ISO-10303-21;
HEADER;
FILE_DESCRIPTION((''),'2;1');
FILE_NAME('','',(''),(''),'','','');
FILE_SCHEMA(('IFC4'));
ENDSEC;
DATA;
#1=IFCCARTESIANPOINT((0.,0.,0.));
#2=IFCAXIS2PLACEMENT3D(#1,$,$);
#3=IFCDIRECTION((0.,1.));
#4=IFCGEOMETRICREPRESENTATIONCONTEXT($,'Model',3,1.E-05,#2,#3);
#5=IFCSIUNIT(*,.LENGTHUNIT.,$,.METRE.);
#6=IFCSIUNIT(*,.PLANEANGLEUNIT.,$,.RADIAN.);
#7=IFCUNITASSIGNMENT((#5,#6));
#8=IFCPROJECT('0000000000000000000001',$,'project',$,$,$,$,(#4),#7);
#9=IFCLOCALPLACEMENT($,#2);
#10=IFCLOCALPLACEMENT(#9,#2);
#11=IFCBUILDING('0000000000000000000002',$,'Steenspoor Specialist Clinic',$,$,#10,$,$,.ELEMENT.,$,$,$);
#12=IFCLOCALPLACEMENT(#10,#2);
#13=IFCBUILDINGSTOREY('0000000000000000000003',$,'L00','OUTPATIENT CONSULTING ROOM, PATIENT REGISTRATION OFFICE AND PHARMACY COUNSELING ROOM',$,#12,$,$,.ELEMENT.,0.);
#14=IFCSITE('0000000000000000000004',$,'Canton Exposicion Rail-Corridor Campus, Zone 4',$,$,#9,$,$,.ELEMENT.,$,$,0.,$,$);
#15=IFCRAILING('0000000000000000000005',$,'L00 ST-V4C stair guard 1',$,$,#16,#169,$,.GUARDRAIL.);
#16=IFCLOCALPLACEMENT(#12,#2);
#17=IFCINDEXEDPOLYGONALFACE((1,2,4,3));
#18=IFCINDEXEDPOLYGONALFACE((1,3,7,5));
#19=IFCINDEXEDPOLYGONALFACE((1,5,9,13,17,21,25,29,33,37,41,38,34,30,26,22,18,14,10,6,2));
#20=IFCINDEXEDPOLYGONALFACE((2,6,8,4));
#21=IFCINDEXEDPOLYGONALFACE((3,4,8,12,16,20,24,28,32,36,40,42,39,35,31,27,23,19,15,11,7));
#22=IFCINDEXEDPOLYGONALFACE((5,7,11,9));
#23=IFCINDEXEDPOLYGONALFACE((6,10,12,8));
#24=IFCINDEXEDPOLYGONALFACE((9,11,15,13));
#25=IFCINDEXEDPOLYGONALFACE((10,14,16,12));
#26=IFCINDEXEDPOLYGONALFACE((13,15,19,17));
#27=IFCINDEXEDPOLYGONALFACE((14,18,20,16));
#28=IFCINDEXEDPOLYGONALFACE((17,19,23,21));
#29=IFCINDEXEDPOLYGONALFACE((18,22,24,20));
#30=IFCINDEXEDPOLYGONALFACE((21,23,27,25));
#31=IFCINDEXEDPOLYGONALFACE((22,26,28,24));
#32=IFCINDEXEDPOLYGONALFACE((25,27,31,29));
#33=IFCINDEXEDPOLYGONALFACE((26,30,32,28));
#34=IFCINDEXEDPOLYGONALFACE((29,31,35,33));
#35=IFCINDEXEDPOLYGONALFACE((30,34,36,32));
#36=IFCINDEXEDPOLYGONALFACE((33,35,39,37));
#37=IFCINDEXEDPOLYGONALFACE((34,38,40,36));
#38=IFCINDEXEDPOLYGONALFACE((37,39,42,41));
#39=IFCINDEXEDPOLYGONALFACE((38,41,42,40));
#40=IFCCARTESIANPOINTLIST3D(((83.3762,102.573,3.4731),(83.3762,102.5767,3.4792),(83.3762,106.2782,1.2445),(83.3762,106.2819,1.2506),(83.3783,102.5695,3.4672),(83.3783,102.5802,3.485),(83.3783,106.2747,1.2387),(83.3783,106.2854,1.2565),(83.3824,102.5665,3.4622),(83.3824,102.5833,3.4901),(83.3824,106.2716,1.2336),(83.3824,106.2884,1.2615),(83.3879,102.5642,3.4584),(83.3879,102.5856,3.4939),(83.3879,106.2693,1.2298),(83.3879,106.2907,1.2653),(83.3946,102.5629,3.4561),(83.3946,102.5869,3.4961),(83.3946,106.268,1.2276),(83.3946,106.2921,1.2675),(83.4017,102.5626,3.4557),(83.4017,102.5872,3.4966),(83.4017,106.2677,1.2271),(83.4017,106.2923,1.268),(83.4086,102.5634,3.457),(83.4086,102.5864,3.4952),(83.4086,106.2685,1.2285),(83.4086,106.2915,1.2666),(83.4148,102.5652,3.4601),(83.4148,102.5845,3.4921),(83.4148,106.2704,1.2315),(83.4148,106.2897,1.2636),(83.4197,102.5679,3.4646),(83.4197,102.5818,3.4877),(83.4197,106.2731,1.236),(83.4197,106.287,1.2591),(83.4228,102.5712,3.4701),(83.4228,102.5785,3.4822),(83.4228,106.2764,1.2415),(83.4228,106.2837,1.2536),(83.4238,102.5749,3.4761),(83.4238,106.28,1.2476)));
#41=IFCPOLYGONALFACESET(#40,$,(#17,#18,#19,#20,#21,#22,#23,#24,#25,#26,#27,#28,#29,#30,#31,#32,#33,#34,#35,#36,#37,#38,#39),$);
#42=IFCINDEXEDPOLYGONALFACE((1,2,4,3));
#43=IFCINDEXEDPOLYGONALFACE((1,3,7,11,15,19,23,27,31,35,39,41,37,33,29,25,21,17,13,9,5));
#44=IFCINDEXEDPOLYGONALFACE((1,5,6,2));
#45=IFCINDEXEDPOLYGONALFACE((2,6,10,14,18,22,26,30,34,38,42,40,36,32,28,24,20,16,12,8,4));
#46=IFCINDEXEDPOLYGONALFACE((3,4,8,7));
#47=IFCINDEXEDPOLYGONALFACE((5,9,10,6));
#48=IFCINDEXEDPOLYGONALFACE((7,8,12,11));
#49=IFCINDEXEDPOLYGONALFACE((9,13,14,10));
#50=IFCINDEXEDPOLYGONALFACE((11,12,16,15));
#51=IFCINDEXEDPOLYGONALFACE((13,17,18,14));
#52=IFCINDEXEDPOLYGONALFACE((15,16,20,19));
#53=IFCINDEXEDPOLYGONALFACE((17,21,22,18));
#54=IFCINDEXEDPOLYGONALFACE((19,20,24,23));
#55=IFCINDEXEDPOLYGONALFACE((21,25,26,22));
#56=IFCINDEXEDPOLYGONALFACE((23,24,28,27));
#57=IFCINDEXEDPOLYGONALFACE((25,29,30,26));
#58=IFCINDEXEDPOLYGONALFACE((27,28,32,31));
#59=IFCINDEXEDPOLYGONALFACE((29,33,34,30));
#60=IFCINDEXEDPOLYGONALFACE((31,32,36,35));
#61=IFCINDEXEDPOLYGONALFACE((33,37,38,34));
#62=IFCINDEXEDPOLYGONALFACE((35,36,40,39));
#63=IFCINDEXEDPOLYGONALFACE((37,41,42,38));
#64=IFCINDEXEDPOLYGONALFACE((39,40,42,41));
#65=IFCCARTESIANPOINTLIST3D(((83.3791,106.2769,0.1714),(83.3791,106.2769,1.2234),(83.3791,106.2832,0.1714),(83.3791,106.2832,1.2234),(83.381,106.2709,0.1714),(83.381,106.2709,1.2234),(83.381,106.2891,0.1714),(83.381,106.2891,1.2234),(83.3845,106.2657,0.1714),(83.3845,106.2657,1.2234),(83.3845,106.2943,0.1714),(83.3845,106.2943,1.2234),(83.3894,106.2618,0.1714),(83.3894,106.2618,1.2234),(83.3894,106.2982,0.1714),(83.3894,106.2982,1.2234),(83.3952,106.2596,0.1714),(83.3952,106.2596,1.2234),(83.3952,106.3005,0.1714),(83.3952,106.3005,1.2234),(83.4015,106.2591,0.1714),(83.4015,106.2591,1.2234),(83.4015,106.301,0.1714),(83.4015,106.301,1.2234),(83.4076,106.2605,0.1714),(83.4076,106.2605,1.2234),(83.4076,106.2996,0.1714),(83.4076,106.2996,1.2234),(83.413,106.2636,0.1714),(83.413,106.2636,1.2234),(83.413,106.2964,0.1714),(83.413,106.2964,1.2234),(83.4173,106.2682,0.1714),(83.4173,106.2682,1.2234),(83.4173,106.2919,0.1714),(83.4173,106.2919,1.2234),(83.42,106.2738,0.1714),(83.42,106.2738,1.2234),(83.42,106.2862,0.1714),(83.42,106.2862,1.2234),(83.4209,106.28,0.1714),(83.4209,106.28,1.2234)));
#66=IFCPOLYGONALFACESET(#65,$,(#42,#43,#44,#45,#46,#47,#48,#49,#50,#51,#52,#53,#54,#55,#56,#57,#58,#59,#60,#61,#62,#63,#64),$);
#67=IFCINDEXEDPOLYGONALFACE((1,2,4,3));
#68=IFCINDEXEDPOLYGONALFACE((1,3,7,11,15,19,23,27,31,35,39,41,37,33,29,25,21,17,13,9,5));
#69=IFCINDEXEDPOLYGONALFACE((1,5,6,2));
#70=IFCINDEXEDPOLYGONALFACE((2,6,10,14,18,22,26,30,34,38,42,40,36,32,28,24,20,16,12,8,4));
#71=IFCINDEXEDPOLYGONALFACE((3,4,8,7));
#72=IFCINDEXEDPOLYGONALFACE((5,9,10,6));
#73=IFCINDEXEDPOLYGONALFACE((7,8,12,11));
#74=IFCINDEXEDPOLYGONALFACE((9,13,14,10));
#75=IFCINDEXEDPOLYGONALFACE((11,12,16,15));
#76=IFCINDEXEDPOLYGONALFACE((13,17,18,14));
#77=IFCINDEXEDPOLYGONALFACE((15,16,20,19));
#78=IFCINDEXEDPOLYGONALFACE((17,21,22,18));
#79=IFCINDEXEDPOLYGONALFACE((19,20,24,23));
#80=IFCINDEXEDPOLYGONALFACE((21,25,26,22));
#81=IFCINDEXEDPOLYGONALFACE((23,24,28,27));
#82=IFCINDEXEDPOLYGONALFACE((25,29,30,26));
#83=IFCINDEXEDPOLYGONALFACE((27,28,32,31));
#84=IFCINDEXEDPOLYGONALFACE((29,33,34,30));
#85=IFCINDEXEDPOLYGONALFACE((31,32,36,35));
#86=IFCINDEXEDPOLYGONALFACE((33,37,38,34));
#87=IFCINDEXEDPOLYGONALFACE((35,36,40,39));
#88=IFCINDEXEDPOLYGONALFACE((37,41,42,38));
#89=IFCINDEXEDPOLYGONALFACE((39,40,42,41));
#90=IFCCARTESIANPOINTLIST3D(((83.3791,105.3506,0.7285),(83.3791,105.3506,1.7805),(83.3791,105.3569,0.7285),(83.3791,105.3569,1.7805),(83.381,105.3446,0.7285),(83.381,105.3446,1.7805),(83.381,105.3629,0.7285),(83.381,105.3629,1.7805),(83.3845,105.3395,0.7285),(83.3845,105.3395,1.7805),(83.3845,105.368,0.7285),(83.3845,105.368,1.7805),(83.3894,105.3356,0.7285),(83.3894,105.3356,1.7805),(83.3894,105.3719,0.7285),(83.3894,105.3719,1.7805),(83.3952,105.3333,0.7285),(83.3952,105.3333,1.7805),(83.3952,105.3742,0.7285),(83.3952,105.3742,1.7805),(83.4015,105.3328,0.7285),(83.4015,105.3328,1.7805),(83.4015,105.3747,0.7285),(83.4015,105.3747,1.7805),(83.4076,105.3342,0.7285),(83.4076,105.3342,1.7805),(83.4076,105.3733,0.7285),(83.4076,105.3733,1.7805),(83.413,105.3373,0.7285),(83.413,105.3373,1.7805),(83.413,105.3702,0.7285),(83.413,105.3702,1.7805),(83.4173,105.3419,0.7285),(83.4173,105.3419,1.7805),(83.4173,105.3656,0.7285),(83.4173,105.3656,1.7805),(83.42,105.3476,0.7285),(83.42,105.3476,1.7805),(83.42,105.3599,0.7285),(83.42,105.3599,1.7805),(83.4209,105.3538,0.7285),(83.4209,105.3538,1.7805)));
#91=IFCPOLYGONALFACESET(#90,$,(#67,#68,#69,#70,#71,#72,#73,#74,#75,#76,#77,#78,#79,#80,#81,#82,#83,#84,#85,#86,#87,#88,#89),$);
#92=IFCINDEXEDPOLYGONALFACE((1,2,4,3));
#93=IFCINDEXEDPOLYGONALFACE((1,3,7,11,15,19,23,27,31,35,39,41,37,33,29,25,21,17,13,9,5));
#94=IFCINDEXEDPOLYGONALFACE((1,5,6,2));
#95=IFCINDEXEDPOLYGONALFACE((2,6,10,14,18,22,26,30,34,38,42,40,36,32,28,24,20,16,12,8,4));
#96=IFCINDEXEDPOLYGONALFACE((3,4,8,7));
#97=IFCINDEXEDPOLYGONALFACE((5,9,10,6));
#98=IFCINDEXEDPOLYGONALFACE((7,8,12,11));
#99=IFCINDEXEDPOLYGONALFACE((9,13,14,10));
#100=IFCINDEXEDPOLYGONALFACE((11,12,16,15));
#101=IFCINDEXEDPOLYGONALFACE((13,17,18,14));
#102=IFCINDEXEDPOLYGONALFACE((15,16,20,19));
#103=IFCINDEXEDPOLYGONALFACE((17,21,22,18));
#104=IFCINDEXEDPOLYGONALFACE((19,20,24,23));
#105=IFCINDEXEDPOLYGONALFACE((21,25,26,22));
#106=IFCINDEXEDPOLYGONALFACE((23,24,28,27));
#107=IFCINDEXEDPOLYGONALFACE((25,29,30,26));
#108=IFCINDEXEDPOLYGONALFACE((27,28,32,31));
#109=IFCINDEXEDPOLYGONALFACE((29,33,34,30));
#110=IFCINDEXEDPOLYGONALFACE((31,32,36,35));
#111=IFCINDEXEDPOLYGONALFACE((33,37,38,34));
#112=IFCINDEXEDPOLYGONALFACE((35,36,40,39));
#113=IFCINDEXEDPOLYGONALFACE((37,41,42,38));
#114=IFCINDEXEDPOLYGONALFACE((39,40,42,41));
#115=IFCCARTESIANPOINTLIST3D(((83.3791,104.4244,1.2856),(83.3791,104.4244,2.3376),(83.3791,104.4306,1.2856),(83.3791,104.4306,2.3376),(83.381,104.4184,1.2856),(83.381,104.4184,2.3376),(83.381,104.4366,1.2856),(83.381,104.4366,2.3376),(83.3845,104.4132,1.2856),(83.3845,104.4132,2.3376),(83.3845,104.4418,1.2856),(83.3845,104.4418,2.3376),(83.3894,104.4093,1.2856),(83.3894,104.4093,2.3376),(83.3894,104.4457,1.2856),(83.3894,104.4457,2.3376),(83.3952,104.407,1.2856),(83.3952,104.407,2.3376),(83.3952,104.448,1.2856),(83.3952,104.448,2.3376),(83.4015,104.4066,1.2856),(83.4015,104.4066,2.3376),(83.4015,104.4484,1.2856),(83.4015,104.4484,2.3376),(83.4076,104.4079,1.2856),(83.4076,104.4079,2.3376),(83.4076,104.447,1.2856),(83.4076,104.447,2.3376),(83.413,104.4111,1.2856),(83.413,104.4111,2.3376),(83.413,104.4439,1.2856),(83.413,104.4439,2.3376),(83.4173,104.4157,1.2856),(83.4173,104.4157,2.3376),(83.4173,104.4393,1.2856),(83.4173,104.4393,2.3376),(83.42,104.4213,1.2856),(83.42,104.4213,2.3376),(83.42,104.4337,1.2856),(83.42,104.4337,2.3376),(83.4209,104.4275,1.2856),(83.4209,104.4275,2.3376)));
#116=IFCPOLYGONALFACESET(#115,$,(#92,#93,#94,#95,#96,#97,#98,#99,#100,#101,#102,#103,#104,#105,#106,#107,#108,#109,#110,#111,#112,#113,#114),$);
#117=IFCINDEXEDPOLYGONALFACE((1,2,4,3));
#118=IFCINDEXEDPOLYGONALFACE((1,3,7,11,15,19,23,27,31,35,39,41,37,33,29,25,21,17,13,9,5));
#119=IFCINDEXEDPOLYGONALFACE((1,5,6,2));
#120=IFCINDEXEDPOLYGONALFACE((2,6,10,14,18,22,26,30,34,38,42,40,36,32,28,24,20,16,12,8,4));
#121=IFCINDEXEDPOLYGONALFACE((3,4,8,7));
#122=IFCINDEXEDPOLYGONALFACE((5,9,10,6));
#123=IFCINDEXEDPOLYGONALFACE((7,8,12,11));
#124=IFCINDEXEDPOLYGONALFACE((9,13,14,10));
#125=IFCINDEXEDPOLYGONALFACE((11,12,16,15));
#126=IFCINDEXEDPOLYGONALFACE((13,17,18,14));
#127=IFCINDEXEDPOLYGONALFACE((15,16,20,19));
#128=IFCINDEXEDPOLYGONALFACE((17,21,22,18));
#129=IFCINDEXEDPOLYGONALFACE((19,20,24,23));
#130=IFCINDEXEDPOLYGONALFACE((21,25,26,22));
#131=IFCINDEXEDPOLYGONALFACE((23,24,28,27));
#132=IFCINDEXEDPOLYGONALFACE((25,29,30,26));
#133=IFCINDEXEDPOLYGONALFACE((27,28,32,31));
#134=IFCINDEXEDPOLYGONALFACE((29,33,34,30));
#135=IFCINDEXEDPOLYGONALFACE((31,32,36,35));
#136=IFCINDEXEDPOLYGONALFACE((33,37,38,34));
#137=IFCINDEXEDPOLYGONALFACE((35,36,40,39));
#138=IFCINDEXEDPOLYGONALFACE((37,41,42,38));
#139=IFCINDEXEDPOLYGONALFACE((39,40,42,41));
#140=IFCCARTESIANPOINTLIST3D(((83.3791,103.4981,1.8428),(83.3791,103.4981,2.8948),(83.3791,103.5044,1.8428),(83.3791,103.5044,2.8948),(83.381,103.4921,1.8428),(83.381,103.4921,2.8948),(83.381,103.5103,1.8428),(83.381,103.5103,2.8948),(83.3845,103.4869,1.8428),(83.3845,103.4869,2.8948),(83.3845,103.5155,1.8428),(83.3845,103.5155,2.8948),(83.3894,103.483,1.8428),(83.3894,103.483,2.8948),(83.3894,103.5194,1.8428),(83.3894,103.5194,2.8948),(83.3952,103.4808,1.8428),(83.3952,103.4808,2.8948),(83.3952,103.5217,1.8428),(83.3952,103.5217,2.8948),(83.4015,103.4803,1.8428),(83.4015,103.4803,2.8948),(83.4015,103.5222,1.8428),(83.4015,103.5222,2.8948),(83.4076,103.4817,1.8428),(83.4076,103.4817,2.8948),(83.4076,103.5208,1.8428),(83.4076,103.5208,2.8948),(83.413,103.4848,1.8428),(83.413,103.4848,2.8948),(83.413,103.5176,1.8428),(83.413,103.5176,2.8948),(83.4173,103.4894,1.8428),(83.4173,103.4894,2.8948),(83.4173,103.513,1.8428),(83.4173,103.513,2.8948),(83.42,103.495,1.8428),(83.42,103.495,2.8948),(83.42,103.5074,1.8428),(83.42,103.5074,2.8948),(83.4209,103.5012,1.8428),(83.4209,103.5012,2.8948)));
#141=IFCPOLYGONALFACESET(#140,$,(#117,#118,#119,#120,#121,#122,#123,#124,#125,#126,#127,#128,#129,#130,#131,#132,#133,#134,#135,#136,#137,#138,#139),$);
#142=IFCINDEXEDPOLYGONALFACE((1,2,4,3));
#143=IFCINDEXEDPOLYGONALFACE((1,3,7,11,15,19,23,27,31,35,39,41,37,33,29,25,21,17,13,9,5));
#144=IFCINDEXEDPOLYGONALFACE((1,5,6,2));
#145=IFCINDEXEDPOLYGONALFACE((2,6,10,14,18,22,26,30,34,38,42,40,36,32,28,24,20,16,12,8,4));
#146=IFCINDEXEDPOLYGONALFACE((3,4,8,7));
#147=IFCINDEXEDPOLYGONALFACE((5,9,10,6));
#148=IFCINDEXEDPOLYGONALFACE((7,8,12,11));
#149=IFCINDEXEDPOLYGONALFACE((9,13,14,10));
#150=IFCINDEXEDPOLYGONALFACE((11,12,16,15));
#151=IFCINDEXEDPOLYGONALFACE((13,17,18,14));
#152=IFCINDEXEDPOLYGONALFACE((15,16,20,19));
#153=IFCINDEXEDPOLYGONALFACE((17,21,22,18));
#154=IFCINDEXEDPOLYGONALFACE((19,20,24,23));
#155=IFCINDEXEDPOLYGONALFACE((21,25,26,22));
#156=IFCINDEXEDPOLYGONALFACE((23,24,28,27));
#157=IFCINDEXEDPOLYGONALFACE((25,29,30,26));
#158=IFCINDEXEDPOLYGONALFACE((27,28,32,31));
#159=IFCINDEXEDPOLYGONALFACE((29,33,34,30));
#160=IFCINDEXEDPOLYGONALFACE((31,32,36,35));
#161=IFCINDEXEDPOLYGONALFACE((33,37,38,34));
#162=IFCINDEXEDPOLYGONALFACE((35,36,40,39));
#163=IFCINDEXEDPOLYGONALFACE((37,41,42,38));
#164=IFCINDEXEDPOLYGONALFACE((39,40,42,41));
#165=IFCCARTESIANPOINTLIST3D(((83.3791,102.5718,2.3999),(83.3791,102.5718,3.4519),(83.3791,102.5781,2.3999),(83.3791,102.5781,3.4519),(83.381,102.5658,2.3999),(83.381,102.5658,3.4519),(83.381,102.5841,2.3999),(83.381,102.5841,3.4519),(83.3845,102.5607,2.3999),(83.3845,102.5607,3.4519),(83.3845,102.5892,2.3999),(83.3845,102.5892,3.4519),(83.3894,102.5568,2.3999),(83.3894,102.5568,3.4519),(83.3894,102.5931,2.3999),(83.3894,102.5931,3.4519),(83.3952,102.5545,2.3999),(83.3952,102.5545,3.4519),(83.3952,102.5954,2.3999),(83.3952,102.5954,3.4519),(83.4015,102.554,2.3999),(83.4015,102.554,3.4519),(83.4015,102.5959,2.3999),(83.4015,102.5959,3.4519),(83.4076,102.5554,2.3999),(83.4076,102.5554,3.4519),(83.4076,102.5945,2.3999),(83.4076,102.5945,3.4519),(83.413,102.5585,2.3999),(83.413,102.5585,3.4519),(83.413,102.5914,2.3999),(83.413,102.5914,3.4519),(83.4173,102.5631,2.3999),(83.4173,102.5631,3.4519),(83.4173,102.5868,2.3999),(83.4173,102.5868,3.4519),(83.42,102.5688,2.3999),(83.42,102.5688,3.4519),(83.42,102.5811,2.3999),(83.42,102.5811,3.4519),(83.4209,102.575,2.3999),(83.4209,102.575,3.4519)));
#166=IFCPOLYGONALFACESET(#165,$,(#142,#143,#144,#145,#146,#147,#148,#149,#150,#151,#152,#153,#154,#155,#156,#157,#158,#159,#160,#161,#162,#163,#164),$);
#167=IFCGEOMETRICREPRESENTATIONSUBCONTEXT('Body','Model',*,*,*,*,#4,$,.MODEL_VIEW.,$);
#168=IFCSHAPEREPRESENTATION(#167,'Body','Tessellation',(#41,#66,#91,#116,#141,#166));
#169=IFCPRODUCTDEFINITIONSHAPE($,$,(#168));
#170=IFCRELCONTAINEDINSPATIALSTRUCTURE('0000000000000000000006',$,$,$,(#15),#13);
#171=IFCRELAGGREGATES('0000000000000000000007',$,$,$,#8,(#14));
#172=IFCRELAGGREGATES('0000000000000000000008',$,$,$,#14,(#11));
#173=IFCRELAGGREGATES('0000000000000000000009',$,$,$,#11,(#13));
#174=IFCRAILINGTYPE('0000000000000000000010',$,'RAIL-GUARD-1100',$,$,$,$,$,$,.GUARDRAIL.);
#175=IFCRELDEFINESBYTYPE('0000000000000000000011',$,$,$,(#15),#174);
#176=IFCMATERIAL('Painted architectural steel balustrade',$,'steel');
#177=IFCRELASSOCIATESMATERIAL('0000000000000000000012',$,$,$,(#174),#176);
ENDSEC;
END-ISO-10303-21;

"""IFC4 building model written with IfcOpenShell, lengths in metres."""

from ifc_helpers import new_model, si_unit, direction, frame, origin, origin_2d, place, context, subcontext, project, spatial, circle, extrude, material, type_object, element, save


model = new_model("IFC4")

# Units and contexts
model_context = context("Model", 3, precision=1e-05, world=origin(), true_north=direction((0.0, 1.0)))
body_context = subcontext(model_context, "Body", "Model", "MODEL_VIEW")
ifc_project = project(units=[si_unit("LENGTHUNIT", "METRE"), si_unit("PLANEANGLEUNIT", "RADIAN")], contexts=[model_context])

# Site, building, storey
site_placement = place(None, origin())
site = spatial("IfcSite", under=ifc_project, at=site_placement, Name="Canton Exposicion Rail-Corridor Campus, Zone 4", CompositionType="ELEMENT", RefElevation=0.0)
building_placement = place(site_placement, origin())
building = spatial("IfcBuilding", under=site, at=building_placement, Name="Steenspoor Specialist Clinic", CompositionType="ELEMENT")
storey_placement = place(building_placement, origin())
storey = spatial("IfcBuildingStorey", under=building, at=storey_placement, Name="L00", Description="OUTPATIENT CONSULTING ROOM, PATIENT REGISTRATION OFFICE AND PHARMACY COUNSELING ROOM", CompositionType="ELEMENT", Elevation=0.0)

# Railing
ifc_material_1 = material(Name="Painted architectural steel balustrade", Category="steel")
railing_type_1 = type_object("IfcRailingType", Name="RAIL-GUARD-1100", PredefinedType="GUARDRAIL", material=ifc_material_1)
railing_1_placement = place(storey_placement, frame((83.3999, 106.28, 0.1714)))
element("IfcRailing", 1, at=railing_1_placement, inside=storey, type_object=railing_type_1, Name="L00 ST-V4C stair guard 1", PredefinedType="GUARDRAIL", context=body_context, shape_type="SweptSolid", body=[
    extrude(circle(Radius=0.0239, at=origin_2d()), frame((0.0, 0.0, 1.0762), z_axis=(0.0, -0.856934, 0.515425), x_axis=(1.0, 0.0, 0.0)), (0.0, 0.0, 1.0), 4.3237),
    extrude(circle(Radius=0.021, at=origin_2d()), origin(), (0.0, 0.0, 1.0), 1.052),
    extrude(circle(Radius=0.021, at=origin_2d()), frame((0.0, -0.9263, 0.5571)), (0.0, 0.0, 1.0), 1.052),
    extrude(circle(Radius=0.021, at=origin_2d()), frame((0.0, -1.8525, 1.1143)), (0.0, 0.0, 1.0), 1.052),
    extrude(circle(Radius=0.021, at=origin_2d()), frame((0.0, -2.7788, 1.6714)), (0.0, 0.0, 1.0), 1.052),
    extrude(circle(Radius=0.021, at=origin_2d()), frame((0.0, -3.7051, 2.2285)), (0.0, 0.0, 1.0), 1.052),
])

save(model, "model.ifc")
